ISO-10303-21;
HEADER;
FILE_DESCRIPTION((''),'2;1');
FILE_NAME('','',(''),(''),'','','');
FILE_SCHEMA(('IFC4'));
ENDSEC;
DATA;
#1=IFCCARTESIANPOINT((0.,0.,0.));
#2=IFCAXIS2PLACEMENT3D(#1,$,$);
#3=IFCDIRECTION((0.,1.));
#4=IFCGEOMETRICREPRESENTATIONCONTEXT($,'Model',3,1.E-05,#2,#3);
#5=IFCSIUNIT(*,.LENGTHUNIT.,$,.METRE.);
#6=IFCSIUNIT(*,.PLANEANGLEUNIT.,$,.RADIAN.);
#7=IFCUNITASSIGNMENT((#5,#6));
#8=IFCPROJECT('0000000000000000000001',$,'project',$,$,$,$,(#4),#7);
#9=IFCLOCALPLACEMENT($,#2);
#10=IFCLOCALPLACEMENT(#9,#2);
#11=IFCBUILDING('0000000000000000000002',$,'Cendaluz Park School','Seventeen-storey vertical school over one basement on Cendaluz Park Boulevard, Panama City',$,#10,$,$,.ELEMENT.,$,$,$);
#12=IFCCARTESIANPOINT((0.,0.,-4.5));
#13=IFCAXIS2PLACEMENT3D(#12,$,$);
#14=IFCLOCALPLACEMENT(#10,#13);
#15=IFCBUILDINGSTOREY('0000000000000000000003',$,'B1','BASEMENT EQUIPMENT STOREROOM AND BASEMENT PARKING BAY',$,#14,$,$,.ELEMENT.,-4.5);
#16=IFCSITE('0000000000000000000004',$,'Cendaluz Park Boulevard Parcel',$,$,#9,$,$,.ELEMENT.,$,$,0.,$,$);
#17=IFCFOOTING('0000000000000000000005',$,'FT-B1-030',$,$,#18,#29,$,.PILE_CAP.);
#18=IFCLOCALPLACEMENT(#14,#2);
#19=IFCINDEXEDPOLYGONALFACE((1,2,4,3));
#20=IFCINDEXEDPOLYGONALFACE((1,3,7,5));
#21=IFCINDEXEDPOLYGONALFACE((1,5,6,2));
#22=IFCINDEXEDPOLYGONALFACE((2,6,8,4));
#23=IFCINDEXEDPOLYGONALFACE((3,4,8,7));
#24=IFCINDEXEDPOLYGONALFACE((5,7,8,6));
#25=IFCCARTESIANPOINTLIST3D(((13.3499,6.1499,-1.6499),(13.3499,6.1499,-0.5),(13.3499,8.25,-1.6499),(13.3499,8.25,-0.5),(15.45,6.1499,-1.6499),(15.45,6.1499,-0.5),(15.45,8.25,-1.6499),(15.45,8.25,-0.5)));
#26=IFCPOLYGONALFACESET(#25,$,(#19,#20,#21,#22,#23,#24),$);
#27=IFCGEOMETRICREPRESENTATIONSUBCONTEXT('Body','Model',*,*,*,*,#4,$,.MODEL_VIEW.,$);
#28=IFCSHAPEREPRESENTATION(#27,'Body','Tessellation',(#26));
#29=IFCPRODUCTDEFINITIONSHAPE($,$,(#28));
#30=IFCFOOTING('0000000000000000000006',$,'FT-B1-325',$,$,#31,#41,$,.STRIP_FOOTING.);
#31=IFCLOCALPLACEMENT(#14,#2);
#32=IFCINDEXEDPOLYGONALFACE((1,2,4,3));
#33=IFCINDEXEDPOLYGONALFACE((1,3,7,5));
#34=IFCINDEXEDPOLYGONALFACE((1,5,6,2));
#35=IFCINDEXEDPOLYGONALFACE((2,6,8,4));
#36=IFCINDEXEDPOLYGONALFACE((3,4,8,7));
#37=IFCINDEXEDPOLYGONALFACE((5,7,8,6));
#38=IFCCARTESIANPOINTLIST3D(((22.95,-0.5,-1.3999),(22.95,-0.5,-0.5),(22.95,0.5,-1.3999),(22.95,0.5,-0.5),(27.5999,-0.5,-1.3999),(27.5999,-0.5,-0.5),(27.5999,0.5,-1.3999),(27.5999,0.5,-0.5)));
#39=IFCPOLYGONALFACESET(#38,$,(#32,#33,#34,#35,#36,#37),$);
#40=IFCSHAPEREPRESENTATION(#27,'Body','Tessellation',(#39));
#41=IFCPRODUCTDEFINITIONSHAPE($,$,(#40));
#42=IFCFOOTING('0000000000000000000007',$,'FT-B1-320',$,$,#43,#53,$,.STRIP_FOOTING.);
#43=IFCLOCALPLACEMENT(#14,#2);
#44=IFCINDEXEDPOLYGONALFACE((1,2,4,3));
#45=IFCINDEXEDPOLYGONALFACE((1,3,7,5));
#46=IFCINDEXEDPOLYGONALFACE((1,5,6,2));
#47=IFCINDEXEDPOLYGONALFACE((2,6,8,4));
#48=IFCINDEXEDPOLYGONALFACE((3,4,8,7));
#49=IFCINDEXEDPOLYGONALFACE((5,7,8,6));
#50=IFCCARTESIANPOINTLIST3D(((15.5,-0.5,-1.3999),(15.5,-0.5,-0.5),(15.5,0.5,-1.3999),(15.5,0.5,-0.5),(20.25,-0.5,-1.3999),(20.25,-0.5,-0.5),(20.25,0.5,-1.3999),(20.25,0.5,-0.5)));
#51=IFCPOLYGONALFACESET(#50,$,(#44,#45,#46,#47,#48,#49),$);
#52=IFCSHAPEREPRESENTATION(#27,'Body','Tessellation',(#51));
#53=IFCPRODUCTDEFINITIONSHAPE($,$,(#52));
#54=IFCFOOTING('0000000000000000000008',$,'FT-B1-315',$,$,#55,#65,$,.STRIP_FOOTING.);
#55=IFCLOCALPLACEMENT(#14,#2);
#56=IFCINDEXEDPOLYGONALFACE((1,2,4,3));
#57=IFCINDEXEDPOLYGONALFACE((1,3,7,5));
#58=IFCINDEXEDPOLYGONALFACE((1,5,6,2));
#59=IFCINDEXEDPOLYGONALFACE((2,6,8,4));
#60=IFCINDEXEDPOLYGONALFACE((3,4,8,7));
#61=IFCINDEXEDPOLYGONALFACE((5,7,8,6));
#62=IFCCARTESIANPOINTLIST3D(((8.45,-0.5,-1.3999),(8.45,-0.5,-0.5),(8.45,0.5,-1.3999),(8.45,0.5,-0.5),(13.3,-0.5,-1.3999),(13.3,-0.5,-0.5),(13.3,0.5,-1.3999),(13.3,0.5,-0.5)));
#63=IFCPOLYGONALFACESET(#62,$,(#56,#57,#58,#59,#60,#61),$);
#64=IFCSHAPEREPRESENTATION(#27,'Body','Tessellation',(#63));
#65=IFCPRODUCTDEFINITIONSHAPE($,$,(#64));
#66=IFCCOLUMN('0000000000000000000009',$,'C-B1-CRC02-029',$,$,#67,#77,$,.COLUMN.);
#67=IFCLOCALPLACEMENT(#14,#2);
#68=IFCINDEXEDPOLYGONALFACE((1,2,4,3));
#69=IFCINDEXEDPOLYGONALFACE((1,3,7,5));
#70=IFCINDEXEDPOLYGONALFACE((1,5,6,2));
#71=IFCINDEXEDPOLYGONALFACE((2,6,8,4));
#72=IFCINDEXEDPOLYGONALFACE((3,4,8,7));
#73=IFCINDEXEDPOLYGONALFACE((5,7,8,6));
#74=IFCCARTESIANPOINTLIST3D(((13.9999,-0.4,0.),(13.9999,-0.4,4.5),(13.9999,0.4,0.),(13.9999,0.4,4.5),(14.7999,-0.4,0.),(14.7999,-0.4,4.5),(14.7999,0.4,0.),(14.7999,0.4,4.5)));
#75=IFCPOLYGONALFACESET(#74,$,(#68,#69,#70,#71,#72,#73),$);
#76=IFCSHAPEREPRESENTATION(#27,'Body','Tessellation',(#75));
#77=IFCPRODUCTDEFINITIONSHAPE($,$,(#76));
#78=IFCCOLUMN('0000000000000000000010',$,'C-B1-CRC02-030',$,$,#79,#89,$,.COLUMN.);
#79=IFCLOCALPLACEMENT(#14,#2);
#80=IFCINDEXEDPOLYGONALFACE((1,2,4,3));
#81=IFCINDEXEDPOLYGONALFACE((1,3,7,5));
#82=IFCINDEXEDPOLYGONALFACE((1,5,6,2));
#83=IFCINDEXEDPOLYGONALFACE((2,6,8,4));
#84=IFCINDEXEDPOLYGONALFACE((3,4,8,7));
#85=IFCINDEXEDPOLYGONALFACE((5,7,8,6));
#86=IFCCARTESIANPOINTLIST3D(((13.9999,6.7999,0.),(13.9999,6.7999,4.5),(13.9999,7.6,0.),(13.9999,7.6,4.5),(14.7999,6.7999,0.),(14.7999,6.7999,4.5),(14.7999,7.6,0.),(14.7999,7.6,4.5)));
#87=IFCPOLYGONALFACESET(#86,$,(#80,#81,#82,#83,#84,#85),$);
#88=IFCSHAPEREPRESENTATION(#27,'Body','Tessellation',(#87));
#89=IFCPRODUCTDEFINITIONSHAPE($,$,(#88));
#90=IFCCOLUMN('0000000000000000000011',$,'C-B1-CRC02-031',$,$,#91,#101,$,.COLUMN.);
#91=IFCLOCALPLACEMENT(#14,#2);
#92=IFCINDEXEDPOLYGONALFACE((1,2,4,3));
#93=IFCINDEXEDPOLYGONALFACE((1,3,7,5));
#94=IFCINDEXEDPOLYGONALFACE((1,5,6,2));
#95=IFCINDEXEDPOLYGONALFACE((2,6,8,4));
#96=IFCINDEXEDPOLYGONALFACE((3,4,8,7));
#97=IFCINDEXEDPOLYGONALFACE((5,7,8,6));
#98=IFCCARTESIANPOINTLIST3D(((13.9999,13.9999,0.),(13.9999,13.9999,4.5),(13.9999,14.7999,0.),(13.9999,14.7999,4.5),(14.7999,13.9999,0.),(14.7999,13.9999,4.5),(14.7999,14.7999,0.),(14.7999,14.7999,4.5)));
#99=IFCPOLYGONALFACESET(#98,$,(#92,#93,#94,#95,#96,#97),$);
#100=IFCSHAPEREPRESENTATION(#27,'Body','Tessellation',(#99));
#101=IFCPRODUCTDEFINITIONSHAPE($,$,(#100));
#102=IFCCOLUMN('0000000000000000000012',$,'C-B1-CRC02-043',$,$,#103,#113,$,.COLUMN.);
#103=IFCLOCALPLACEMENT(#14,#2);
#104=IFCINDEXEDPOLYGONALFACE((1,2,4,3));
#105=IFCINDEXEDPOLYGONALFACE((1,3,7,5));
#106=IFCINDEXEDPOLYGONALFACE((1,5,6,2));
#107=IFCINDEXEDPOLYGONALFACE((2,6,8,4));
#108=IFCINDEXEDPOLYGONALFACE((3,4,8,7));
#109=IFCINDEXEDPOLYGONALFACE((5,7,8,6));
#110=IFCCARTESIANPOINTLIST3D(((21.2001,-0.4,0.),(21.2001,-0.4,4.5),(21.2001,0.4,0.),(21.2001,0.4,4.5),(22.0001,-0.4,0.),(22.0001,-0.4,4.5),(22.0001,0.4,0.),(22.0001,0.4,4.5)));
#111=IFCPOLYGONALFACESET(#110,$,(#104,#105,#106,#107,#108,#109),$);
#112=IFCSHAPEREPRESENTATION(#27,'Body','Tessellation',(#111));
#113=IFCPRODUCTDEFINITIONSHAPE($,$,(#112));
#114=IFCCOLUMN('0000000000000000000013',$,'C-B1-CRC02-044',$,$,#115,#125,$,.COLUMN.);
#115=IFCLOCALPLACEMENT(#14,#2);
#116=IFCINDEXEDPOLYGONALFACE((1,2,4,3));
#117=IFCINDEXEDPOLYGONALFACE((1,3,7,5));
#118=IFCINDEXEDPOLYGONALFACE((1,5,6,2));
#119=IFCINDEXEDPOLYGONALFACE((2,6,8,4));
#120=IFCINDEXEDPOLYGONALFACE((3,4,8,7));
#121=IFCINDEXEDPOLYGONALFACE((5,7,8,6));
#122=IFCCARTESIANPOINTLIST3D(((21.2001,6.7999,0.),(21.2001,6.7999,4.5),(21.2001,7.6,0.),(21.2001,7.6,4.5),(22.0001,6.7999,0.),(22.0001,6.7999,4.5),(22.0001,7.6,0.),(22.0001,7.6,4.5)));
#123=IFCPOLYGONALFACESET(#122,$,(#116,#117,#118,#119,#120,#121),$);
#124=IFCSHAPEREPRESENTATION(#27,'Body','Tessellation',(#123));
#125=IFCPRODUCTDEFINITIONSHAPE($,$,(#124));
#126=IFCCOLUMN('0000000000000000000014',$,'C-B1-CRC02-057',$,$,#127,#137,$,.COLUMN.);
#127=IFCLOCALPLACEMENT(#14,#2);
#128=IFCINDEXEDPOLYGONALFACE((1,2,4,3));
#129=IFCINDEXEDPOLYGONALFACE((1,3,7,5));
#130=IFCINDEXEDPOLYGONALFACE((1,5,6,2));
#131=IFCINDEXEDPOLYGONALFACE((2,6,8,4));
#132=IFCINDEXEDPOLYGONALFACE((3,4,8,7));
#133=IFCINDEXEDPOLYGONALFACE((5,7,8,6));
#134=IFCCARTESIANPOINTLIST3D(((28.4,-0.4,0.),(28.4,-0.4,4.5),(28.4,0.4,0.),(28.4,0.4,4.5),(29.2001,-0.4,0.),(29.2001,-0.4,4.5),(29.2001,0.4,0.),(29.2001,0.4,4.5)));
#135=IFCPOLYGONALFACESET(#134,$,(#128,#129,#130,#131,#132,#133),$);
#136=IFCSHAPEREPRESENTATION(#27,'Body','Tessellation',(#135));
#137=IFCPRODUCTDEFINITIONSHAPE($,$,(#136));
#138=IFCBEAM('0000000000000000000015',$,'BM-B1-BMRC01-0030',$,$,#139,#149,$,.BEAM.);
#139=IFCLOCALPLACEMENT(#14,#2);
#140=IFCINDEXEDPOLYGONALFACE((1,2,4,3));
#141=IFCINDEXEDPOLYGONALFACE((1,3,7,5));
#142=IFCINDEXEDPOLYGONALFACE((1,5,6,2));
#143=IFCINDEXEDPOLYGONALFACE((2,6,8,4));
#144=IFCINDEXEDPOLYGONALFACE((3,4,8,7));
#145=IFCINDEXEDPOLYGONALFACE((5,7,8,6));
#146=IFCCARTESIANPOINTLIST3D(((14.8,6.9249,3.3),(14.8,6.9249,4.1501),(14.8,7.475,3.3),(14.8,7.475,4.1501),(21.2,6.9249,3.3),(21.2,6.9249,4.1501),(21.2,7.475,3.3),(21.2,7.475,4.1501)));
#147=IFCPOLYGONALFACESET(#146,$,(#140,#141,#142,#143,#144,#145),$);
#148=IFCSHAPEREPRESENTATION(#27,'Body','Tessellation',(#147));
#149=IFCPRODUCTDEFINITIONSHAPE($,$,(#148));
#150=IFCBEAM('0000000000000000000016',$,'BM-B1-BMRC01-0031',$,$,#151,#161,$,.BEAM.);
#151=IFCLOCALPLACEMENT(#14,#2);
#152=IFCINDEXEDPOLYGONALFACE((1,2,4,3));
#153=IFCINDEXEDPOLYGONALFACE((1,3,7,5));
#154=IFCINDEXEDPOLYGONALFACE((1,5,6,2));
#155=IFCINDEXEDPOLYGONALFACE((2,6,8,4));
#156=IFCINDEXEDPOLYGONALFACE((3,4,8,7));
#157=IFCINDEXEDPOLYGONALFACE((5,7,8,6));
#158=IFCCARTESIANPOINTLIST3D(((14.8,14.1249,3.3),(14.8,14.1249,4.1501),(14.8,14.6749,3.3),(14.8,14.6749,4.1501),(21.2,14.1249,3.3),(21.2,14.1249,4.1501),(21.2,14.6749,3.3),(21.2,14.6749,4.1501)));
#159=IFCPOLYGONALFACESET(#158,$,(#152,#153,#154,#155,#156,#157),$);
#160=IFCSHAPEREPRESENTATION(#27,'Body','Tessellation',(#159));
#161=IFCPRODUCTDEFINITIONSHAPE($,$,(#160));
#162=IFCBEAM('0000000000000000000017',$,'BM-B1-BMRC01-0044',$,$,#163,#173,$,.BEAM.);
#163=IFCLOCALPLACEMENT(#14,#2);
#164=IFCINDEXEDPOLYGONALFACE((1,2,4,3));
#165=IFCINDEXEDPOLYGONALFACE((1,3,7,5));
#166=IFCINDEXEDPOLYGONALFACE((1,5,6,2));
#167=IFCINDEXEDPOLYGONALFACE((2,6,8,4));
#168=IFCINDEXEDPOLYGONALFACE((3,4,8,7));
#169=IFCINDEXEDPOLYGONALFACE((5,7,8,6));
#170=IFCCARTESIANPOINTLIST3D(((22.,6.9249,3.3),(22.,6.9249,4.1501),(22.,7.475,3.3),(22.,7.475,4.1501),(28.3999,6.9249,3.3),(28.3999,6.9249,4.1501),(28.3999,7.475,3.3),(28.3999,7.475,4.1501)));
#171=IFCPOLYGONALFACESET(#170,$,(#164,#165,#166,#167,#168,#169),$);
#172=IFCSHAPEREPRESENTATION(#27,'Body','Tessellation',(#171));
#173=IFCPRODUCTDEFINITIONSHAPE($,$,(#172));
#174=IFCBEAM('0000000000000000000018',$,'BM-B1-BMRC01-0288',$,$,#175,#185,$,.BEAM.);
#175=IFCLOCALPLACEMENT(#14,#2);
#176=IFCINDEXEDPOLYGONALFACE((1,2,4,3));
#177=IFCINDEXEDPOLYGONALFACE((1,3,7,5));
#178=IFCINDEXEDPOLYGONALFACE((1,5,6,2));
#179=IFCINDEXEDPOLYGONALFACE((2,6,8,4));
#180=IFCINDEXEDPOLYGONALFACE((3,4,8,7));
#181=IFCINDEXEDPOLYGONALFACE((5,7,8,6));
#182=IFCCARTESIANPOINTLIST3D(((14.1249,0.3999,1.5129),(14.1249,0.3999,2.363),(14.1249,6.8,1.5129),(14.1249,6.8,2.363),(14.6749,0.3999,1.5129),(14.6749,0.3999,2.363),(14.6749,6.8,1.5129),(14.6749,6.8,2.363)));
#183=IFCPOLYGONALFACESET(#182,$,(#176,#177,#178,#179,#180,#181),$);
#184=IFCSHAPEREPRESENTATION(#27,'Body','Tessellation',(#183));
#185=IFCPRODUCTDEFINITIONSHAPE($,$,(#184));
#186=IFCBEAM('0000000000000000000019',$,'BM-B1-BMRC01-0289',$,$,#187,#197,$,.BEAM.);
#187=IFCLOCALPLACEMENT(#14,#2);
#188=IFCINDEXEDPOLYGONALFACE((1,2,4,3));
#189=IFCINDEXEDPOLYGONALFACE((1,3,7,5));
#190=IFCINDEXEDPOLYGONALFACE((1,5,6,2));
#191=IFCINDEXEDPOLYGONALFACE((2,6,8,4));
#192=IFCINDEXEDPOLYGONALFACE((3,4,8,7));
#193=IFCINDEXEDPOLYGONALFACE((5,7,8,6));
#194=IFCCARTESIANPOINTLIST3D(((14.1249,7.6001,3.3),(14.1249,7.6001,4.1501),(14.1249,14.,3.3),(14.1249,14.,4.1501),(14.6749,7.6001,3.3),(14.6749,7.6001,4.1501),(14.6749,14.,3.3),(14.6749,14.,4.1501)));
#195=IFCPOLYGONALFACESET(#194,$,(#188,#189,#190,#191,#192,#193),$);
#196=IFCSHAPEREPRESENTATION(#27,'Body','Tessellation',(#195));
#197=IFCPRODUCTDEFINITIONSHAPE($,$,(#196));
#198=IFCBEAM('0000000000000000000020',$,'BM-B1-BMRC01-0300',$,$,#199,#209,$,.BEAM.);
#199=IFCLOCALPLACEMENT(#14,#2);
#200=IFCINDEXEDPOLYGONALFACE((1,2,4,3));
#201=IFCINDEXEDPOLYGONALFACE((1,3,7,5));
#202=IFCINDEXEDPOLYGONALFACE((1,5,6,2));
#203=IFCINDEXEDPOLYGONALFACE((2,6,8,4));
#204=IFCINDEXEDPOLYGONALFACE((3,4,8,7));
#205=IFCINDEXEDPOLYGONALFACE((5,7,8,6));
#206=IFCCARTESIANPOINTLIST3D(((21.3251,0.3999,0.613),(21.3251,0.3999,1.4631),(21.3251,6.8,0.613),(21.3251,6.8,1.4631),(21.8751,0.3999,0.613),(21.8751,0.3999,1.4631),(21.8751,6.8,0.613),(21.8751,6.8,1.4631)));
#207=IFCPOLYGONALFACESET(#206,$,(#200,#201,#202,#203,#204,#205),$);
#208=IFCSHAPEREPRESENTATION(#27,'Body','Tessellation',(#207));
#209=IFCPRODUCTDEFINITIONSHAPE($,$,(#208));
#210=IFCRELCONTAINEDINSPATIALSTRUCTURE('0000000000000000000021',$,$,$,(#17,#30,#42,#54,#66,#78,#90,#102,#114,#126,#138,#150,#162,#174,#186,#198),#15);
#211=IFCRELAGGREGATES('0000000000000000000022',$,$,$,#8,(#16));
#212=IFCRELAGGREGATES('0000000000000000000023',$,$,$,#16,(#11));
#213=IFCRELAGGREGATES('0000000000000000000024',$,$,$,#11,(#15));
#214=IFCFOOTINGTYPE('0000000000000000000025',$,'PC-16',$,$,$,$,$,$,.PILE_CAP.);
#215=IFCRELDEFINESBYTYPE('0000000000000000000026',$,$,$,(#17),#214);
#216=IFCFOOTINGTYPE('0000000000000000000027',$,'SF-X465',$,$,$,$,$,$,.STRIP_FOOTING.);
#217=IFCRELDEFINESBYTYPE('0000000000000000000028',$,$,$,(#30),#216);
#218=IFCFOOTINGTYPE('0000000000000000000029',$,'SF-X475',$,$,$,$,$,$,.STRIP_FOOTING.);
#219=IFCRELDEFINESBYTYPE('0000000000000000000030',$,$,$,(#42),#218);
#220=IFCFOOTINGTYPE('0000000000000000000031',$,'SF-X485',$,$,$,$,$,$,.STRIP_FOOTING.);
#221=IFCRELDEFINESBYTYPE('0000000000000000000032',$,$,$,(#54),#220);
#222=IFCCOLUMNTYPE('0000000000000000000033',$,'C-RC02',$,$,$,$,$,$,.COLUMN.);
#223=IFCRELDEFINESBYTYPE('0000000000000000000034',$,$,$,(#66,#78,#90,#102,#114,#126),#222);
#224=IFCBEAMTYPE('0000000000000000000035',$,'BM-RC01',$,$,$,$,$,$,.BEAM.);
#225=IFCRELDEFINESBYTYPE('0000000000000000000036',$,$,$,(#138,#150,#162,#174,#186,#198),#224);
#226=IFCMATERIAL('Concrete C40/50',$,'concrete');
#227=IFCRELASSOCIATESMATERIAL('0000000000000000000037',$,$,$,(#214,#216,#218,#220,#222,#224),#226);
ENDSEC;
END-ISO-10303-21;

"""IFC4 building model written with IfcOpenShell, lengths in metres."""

from ifc_helpers import new_model, si_unit, direction, frame, origin, origin_2d, place, context, subcontext, project, spatial, rectangle, extrude, material, material_profile, profile_set, type_object, element, save


model = new_model("IFC4")

# Units and contexts
model_context = context("Model", 3, precision=1e-05, world=origin(), true_north=direction((0.0, 1.0)))
body_context = subcontext(model_context, "Body", "Model", "MODEL_VIEW")
ifc_project = project(units=[si_unit("LENGTHUNIT", "METRE"), si_unit("PLANEANGLEUNIT", "RADIAN")], contexts=[model_context])

# Site, building, storey
site_placement = place(None, origin())
site = spatial("IfcSite", under=ifc_project, at=site_placement, Name="Cendaluz Park Boulevard Parcel", CompositionType="ELEMENT", RefElevation=0.0)
building_placement = place(site_placement, origin())
building = spatial("IfcBuilding", under=site, at=building_placement, Name="Cendaluz Park School", Description="Seventeen-storey vertical school over one basement on Cendaluz Park Boulevard, Panama City", CompositionType="ELEMENT")
storey_placement = place(building_placement, frame((0.0, 0.0, -4.5)))
storey = spatial("IfcBuildingStorey", under=building, at=storey_placement, Name="B1", Description="BASEMENT EQUIPMENT STOREROOM AND BASEMENT PARKING BAY", CompositionType="ELEMENT", Elevation=-4.5)

# Shared definitions
ifc_material_1 = material(Name="Concrete C40/50", Category="concrete")

# Footings
footing_type_1 = type_object("IfcFootingType", Name="PC-16", PredefinedType="PILE_CAP", material=ifc_material_1)
footing_1_placement = place(storey_placement, frame((14.3999, 7.2, -1.6499), z_axis=(0.0, 0.0, 1.0), x_axis=(1.0, 0.0, 0.0)))
element("IfcFooting", 1, at=footing_1_placement, inside=storey, type_object=footing_type_1, Name="FT-B1-030", PredefinedType="PILE_CAP", context=body_context, shape_type="SweptSolid", body=[
    extrude(rectangle(XDim=2.1001, YDim=2.1001, at=origin_2d()), origin(), (0.0, 0.0, 1.0), 1.1499),
])
footing_type_2 = type_object("IfcFootingType", Name="SF-X465", PredefinedType="STRIP_FOOTING", material=ifc_material_1)
footing_2_placement = place(storey_placement, frame((25.2749, 0.0, -1.3999), z_axis=(0.0, 0.0, 1.0), x_axis=(1.0, 0.0, 0.0)))
element("IfcFooting", 2, at=footing_2_placement, inside=storey, type_object=footing_type_2, Name="FT-B1-325", PredefinedType="STRIP_FOOTING", context=body_context, shape_type="SweptSolid", body=[
    extrude(rectangle(XDim=4.6499, YDim=1.0, at=origin_2d()), origin(), (0.0, 0.0, 1.0), 0.8999),
])
footing_type_3 = type_object("IfcFootingType", Name="SF-X475", PredefinedType="STRIP_FOOTING", material=ifc_material_1)
footing_3_placement = place(storey_placement, frame((17.875, 0.0, -1.3999), z_axis=(0.0, 0.0, 1.0), x_axis=(1.0, 0.0, 0.0)))
element("IfcFooting", 3, at=footing_3_placement, inside=storey, type_object=footing_type_3, Name="FT-B1-320", PredefinedType="STRIP_FOOTING", context=body_context, shape_type="SweptSolid", body=[
    extrude(rectangle(XDim=4.75, YDim=1.0, at=origin_2d()), origin(), (0.0, 0.0, 1.0), 0.8999),
])
footing_type_4 = type_object("IfcFootingType", Name="SF-X485", PredefinedType="STRIP_FOOTING", material=ifc_material_1)
footing_4_placement = place(storey_placement, frame((10.875, 0.0, -1.3999), z_axis=(0.0, 0.0, 1.0), x_axis=(1.0, 0.0, 0.0)))
element("IfcFooting", 4, at=footing_4_placement, inside=storey, type_object=footing_type_4, Name="FT-B1-315", PredefinedType="STRIP_FOOTING", context=body_context, shape_type="SweptSolid", body=[
    extrude(rectangle(XDim=4.8501, YDim=1.0, at=origin_2d()), origin(), (0.0, 0.0, 1.0), 0.8999),
])

# Columns
ifc_material_profile_1 = material_profile(ifc_material_1, rectangle(XDim=0.8, YDim=0.8, at=origin_2d()), Name="RC 800x800", Category="concrete")
ifc_profile_set_1 = profile_set([ifc_material_profile_1], Name="Concrete C40/50")
column_type = type_object("IfcColumnType", Name="C-RC02", PredefinedType="COLUMN", material=ifc_profile_set_1)
for number, where, z_axis, x_axis, name in (
    (5, (14.3999, 0.0, 0.0), (0.0, 0.0, 1.0), (1.0, 0.0, 0.0), "C-B1-CRC02-029"),
    (6, (14.3999, 7.2, 0.0), (0.0, 0.0, 1.0), (1.0, 0.0, 0.0), "C-B1-CRC02-030"),
    (7, (14.3999, 14.3999, 0.0), (0.0, 0.0, 1.0), (1.0, 0.0, 0.0), "C-B1-CRC02-031"),
    (8, (21.6001, 0.0, 0.0), (0.0, 0.0, 1.0), (1.0, 0.0, 0.0), "C-B1-CRC02-043"),
    (9, (21.6001, 7.2, 0.0), (0.0, 0.0, 1.0), (1.0, 0.0, 0.0), "C-B1-CRC02-044"),
    (10, (28.8, 0.0, 0.0), (0.0, 0.0, 1.0), (1.0, 0.0, 0.0), "C-B1-CRC02-057"),
):
    element("IfcColumn", number, at=place(storey_placement, frame(where, z_axis=z_axis, x_axis=x_axis)), inside=storey, type_object=column_type, Name=name, PredefinedType="COLUMN", context=body_context, shape_type="SweptSolid", body=[
        extrude(rectangle(XDim=0.8, YDim=0.8, at=origin_2d()), origin(), (0.0, 0.0, 1.0), 4.5),
    ])

# Beams
ifc_material_profile_2 = material_profile(ifc_material_1, rectangle(XDim=0.55, YDim=0.8501, at=origin_2d()), Name="RC 550x850", Category="concrete")
ifc_profile_set_2 = profile_set([ifc_material_profile_2], Name="Concrete C40/50")
beam_type_1 = type_object("IfcBeamType", Name="BM-RC01", PredefinedType="BEAM", material=ifc_profile_set_2)
for number, where, z_axis, x_axis, name in (
    (11, (14.8, 7.2, 3.7251), (1.0, 0.0, 0.0), (0.0, 1.0, 0.0), "BM-B1-BMRC01-0030"),
    (12, (14.8, 14.3999, 3.7251), (1.0, 0.0, 0.0), (0.0, 1.0, 0.0), "BM-B1-BMRC01-0031"),
    (13, (22.0, 7.2, 3.7251), (1.0, 0.0, 0.0), (0.0, 1.0, 0.0), "BM-B1-BMRC01-0044"),
):
    element("IfcBeam", number, at=place(storey_placement, frame(where, z_axis=z_axis, x_axis=x_axis)), inside=storey, type_object=beam_type_1, Name=name, PredefinedType="BEAM", context=body_context, shape_type="SweptSolid", body=[
        extrude(rectangle(XDim=0.55, YDim=0.8501, at=origin_2d()), origin(), (0.0, 0.0, 1.0), 6.3999),
    ])
beam_1_placement = place(storey_placement, frame((14.3999, 0.3999, 1.938), z_axis=(0.0, 1.0, 0.0), x_axis=(-1.0, 0.0, 0.0)))
element("IfcBeam", 14, at=beam_1_placement, inside=storey, type_object=beam_type_1, Name="BM-B1-BMRC01-0288", PredefinedType="BEAM", context=body_context, shape_type="SweptSolid", body=[
    extrude(rectangle(XDim=0.55, YDim=0.8501, at=origin_2d()), origin(), (0.0, 0.0, 1.0), 6.4001),
])
beam_2_placement = place(storey_placement, frame((14.3999, 7.6001, 3.7251), z_axis=(0.0, 1.0, 0.0), x_axis=(-1.0, 0.0, 0.0)))
element("IfcBeam", 15, at=beam_2_placement, inside=storey, type_object=beam_type_1, Name="BM-B1-BMRC01-0289", PredefinedType="BEAM", context=body_context, shape_type="SweptSolid", body=[
    extrude(rectangle(XDim=0.55, YDim=0.8501, at=origin_2d()), origin(), (0.0, 0.0, 1.0), 6.3999),
])
beam_3_placement = place(storey_placement, frame((21.6001, 0.3999, 1.0381), z_axis=(0.0, 1.0, 0.0), x_axis=(-1.0, 0.0, 0.0)))
element("IfcBeam", 16, at=beam_3_placement, inside=storey, type_object=beam_type_1, Name="BM-B1-BMRC01-0300", PredefinedType="BEAM", context=body_context, shape_type="SweptSolid", body=[
    extrude(rectangle(XDim=0.55, YDim=0.8501, at=origin_2d()), origin(), (0.0, 0.0, 1.0), 6.4001),
])

save(model, "model.ifc")
